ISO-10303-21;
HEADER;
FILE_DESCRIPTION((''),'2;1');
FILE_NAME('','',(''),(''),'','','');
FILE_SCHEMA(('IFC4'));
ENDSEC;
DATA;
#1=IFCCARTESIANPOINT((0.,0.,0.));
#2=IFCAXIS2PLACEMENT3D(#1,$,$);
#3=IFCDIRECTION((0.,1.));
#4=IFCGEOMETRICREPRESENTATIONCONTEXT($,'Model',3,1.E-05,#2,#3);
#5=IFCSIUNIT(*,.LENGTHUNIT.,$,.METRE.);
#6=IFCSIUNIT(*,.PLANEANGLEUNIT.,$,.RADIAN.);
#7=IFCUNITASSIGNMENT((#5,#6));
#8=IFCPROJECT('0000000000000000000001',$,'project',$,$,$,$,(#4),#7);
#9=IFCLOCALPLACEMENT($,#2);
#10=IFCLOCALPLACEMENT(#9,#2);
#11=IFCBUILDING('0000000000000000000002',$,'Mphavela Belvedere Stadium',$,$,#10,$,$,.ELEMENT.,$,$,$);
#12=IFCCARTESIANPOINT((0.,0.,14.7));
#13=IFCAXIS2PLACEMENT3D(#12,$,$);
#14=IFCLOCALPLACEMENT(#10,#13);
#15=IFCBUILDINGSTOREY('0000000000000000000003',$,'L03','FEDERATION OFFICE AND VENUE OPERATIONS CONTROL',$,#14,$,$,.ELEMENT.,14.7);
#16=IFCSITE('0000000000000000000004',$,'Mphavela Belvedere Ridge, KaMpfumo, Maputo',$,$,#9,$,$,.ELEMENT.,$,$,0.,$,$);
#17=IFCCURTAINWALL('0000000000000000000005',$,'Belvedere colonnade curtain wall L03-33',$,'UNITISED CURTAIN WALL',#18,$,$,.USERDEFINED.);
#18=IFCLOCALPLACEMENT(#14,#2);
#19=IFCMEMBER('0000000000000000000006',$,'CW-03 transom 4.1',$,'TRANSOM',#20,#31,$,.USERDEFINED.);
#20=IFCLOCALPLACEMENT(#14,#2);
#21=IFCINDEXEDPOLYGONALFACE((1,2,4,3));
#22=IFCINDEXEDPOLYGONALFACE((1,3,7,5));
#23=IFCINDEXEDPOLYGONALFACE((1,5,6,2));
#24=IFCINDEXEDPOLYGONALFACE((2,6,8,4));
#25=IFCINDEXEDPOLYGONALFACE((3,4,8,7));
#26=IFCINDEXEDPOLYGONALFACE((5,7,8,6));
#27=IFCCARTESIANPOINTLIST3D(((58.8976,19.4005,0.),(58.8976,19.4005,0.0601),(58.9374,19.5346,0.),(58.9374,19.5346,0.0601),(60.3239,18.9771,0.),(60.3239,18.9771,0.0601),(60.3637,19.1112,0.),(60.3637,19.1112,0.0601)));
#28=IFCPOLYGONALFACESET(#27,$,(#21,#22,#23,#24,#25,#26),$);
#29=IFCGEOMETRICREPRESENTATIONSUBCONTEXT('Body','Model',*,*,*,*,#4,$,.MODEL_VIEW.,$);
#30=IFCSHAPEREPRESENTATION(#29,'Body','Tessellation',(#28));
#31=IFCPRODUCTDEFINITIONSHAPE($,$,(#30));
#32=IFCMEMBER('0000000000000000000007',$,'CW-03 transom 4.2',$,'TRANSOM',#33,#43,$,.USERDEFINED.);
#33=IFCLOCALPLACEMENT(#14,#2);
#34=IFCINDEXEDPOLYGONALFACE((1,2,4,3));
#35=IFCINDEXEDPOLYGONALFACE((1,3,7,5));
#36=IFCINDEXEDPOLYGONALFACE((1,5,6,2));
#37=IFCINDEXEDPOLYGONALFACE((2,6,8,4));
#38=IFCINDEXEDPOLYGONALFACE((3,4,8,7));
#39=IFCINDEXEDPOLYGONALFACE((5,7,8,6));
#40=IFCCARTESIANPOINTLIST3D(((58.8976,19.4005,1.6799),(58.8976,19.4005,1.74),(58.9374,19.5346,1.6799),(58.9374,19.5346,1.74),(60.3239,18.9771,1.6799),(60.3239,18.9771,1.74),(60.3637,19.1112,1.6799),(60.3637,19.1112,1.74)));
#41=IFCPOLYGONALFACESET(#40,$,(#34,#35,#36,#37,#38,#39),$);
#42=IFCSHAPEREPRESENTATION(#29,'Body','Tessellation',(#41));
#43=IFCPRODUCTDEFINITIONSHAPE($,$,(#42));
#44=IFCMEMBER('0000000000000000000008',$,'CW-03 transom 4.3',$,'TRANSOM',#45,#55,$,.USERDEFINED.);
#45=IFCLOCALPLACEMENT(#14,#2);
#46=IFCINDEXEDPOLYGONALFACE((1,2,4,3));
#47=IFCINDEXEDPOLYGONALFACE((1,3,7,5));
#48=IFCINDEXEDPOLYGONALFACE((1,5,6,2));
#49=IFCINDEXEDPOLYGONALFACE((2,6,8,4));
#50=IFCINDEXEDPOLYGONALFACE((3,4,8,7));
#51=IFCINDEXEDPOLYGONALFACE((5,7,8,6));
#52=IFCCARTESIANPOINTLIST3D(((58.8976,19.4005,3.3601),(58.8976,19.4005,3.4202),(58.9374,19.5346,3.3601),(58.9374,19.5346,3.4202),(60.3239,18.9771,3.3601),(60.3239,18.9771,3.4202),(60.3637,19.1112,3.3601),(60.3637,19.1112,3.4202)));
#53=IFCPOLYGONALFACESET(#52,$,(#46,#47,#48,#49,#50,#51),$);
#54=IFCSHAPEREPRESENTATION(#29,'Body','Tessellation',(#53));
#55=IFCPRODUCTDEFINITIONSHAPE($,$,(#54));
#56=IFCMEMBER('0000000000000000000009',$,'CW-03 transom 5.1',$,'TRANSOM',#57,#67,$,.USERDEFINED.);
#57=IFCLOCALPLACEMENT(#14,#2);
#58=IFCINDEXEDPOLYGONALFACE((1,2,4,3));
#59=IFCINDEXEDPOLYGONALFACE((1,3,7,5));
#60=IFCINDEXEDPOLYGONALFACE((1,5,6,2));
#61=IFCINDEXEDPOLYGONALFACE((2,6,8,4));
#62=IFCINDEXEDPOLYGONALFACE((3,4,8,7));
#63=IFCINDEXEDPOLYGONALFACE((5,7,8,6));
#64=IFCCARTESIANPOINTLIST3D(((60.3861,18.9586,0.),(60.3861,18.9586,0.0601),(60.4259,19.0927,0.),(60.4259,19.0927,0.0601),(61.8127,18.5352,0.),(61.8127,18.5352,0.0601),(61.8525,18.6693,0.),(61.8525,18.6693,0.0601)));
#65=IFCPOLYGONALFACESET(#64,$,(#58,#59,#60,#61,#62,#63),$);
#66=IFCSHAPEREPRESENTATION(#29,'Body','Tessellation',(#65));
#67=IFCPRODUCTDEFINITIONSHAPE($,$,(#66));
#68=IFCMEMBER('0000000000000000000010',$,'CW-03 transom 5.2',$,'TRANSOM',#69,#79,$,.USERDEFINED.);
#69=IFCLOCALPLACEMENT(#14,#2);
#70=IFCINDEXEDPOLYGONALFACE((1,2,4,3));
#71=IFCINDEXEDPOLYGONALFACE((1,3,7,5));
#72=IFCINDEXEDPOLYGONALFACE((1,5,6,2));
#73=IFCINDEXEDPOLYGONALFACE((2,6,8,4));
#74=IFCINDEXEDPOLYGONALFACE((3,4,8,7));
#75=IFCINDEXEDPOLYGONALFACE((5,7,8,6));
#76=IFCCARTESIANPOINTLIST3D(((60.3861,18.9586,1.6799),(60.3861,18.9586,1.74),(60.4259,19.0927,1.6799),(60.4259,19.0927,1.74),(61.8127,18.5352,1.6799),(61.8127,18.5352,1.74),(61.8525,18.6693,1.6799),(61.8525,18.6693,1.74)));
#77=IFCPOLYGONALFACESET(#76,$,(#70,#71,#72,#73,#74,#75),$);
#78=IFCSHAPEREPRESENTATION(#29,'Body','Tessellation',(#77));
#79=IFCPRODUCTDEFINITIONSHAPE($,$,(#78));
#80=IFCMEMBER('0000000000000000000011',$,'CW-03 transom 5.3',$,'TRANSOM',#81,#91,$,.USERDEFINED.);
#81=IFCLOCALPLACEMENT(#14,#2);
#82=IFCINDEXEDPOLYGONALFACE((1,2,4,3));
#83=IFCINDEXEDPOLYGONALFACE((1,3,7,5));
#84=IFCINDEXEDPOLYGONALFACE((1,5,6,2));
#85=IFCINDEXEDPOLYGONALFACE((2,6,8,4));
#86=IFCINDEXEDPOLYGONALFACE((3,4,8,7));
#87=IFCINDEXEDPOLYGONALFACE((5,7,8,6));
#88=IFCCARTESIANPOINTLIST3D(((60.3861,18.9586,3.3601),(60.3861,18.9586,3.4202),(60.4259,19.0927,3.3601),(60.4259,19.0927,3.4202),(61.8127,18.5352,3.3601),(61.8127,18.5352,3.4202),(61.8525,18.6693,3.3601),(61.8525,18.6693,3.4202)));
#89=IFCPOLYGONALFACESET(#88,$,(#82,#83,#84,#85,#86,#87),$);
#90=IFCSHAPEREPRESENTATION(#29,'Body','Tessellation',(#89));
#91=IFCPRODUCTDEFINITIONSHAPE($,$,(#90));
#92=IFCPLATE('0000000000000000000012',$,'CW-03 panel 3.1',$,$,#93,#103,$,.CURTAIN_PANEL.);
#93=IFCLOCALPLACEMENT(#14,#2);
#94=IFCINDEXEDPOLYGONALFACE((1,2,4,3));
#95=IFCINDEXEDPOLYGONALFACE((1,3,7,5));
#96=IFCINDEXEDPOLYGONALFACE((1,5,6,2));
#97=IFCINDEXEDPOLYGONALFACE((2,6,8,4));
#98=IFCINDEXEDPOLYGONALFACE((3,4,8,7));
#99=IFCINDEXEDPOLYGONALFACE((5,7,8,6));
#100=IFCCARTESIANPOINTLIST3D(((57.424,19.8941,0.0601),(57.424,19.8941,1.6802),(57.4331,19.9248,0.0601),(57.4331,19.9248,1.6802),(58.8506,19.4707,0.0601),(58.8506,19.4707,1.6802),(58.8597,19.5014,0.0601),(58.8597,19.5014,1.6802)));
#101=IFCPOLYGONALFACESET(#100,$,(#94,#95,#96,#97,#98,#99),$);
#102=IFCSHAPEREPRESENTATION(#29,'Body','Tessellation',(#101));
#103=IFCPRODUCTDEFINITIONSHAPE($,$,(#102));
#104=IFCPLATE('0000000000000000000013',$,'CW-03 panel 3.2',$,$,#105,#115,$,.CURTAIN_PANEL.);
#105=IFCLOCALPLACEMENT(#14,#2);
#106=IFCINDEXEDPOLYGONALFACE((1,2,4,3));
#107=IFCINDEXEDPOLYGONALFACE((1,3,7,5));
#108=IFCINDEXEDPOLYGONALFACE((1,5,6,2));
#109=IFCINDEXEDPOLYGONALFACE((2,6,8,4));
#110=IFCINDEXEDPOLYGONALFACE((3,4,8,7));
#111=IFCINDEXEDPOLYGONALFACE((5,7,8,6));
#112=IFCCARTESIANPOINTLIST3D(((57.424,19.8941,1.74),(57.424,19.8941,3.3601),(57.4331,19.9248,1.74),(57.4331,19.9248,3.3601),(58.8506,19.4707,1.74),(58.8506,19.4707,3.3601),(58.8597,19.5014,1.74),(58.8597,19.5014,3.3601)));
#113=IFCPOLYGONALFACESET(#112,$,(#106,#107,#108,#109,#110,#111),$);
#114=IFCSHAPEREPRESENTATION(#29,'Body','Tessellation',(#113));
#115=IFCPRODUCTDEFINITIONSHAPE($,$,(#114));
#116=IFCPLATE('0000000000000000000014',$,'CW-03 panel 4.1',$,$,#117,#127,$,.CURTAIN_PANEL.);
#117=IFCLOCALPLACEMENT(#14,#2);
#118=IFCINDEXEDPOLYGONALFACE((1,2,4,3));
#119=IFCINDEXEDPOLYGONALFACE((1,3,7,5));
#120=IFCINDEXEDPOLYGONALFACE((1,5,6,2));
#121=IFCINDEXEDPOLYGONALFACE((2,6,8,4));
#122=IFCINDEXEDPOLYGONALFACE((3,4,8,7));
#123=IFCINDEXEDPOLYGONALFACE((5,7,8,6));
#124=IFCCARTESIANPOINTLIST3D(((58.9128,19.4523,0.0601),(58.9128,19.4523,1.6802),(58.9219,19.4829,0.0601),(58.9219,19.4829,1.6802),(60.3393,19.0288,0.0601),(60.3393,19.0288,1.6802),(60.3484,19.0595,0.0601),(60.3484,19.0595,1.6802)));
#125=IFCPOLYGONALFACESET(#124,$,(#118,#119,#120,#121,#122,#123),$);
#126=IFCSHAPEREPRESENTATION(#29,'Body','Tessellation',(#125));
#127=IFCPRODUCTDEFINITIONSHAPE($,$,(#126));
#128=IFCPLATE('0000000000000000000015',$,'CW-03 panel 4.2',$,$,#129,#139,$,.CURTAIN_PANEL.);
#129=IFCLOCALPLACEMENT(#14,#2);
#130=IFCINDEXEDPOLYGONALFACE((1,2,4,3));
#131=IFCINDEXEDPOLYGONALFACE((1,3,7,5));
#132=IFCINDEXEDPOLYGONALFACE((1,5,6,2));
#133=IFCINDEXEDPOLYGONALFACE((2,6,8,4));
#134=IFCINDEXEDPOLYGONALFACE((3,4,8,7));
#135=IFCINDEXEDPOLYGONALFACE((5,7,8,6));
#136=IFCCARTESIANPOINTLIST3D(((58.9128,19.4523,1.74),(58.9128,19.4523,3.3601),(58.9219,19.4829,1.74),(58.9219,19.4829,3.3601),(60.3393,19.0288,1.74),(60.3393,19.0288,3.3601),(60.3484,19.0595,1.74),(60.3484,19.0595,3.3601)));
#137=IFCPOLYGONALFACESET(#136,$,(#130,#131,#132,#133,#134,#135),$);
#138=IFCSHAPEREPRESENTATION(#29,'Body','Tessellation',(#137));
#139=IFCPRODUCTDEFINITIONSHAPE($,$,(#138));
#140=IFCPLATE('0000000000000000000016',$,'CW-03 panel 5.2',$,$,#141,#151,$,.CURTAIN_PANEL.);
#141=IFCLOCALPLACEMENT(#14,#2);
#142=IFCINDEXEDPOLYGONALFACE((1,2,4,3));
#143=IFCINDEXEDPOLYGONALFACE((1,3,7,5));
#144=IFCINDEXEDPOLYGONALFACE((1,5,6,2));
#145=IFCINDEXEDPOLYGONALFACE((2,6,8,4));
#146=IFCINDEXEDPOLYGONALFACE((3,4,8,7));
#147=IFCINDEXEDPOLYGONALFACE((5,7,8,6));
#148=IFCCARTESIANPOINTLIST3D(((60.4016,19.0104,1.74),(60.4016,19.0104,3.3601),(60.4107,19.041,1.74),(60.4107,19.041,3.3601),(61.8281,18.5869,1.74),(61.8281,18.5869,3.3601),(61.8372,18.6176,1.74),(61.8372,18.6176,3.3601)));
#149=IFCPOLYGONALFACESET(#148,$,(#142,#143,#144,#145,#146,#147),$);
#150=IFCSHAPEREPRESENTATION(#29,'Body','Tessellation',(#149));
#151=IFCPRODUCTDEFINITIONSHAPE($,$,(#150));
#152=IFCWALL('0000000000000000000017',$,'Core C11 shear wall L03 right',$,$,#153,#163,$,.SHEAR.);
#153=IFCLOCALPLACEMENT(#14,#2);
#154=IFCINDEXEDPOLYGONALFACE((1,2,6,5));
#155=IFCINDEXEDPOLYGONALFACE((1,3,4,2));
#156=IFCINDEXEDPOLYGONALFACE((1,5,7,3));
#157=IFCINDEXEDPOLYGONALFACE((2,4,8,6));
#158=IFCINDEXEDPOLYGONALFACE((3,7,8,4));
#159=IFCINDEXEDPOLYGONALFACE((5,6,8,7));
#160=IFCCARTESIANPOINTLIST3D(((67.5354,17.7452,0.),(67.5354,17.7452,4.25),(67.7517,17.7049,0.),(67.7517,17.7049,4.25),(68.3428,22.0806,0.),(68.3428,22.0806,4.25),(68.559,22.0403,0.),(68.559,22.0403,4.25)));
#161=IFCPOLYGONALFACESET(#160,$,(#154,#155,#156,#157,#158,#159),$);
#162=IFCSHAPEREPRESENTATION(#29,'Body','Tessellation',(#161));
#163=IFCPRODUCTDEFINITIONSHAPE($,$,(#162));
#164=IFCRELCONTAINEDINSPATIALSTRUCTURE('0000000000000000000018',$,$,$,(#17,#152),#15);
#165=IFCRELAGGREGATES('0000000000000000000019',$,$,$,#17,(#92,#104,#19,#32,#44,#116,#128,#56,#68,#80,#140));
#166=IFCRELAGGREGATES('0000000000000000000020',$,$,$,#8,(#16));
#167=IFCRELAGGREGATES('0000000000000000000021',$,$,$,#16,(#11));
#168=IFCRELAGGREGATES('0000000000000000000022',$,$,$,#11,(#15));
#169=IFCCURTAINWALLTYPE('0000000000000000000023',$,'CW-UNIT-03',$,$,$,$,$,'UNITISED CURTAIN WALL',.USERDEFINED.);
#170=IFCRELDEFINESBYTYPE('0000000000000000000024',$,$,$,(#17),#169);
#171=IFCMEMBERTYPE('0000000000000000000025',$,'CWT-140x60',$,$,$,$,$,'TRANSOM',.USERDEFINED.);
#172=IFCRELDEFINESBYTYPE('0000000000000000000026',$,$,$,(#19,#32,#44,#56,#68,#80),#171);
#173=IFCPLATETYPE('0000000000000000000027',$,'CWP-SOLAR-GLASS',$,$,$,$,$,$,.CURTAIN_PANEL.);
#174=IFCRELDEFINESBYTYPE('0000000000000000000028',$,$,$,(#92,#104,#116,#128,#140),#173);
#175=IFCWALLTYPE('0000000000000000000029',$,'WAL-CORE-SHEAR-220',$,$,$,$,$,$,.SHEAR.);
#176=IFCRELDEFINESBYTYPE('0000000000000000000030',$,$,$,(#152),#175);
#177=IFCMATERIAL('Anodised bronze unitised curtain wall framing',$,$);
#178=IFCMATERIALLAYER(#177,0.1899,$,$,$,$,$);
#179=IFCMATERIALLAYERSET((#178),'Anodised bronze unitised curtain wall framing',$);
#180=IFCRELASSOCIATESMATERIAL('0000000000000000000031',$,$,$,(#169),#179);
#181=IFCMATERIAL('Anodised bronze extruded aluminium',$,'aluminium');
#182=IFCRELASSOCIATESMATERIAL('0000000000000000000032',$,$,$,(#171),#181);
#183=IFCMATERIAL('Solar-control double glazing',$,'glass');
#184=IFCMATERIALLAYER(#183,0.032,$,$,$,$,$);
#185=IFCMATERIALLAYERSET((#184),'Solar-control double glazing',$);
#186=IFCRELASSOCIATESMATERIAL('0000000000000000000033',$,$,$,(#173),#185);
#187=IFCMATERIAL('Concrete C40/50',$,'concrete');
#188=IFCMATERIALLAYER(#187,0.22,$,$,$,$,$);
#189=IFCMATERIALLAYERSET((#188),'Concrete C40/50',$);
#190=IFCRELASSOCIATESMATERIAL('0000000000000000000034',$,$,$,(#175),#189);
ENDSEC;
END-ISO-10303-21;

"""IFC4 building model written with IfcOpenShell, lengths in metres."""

from ifc_helpers import new_model, si_unit, direction, frame, frame_2d, origin, origin_2d, place, context, subcontext, project, spatial, rectangle, extrude, material, layer, layer_set, material_profile, profile_set, type_object, element, aggregate, save


model = new_model("IFC4")

# Units and contexts
model_context = context("Model", 3, precision=1e-05, world=origin(), true_north=direction((0.0, 1.0)))
body_context = subcontext(model_context, "Body", "Model", "MODEL_VIEW")
ifc_project = project(units=[si_unit("LENGTHUNIT", "METRE"), si_unit("PLANEANGLEUNIT", "RADIAN")], contexts=[model_context])

# Site, building, storey
site_placement = place(None, origin())
site = spatial("IfcSite", under=ifc_project, at=site_placement, Name="Mphavela Belvedere Ridge, KaMpfumo, Maputo", CompositionType="ELEMENT", RefElevation=0.0)
building_placement = place(site_placement, origin())
building = spatial("IfcBuilding", under=site, at=building_placement, Name="Mphavela Belvedere Stadium", CompositionType="ELEMENT")
storey_placement = place(building_placement, frame((0.0, 0.0, 14.7)))
storey = spatial("IfcBuildingStorey", under=building, at=storey_placement, Name="L03", Description="FEDERATION OFFICE AND VENUE OPERATIONS CONTROL", CompositionType="ELEMENT", Elevation=14.7)

# Curtain wall, members, plates
ifc_material_1 = material(Name="Anodised bronze unitised curtain wall framing")
ifc_layer_1 = layer(ifc_material_1, 0.1899)
ifc_layer_set_1 = layer_set([ifc_layer_1], Name="Anodised bronze unitised curtain wall framing")
curtain_wall_type = type_object("IfcCurtainWallType", Name="CW-UNIT-03", ElementType="UNITISED CURTAIN WALL", PredefinedType="USERDEFINED", material=ifc_layer_set_1)
curtain_wall_placement = place(storey_placement, origin())
curtain_wall = element("IfcCurtainWall", 1, at=curtain_wall_placement, inside=storey, type_object=curtain_wall_type, Name="Belvedere colonnade curtain wall L03-33", ObjectType="UNITISED CURTAIN WALL", PredefinedType="USERDEFINED")
ifc_material_2 = material(Name="Anodised bronze extruded aluminium", Category="aluminium")
ifc_material_profile_1 = material_profile(ifc_material_2, rectangle(XDim=0.1399, YDim=0.0601, at=origin_2d()), Name="CW-TRN 140x60")
ifc_profile_set_1 = profile_set([ifc_material_profile_1], Name="Anodised bronze extruded aluminium")
member_type_1 = type_object("IfcMemberType", Name="CWT-140x60", ElementType="TRANSOM", PredefinedType="USERDEFINED", material=ifc_profile_set_1)
member_1_placement = place(storey_placement, frame((58.9175, 19.4675, 0.03), z_axis=(0.958662, -0.284546, 0.0), x_axis=(0.284546, 0.958662, 0.0)))
member_1 = element("IfcMember", 2, at=member_1_placement, type_object=member_type_1, Name="CW-03 transom 4.1", ObjectType="TRANSOM", PredefinedType="USERDEFINED", context=body_context, shape_type="SweptSolid", body=[
    extrude(rectangle(XDim=0.1399, YDim=0.0601, at=origin_2d()), origin(), (0.0, 0.0, 1.0), 1.4878),
])
member_2_placement = place(storey_placement, frame((58.9175, 19.4675, 1.71), z_axis=(0.958662, -0.284546, 0.0), x_axis=(0.284546, 0.958662, 0.0)))
member_2 = element("IfcMember", 3, at=member_2_placement, type_object=member_type_1, Name="CW-03 transom 4.2", ObjectType="TRANSOM", PredefinedType="USERDEFINED", context=body_context, shape_type="SweptSolid", body=[
    extrude(rectangle(XDim=0.1399, YDim=0.0601, at=origin_2d()), origin(), (0.0, 0.0, 1.0), 1.4878),
])
member_3_placement = place(storey_placement, frame((58.9175, 19.4675, 3.3901), z_axis=(0.958662, -0.284546, 0.0), x_axis=(0.284546, 0.958662, 0.0)))
member_3 = element("IfcMember", 4, at=member_3_placement, type_object=member_type_1, Name="CW-03 transom 4.3", ObjectType="TRANSOM", PredefinedType="USERDEFINED", context=body_context, shape_type="SweptSolid", body=[
    extrude(rectangle(XDim=0.1399, YDim=0.0601, at=origin_2d()), origin(), (0.0, 0.0, 1.0), 1.4878),
])
member_4_placement = place(storey_placement, frame((60.406, 19.0256, 0.03), z_axis=(0.958676, -0.284502, 0.0), x_axis=(0.284502, 0.958676, 0.0)))
member_4 = element("IfcMember", 5, at=member_4_placement, type_object=member_type_1, Name="CW-03 transom 5.1", ObjectType="TRANSOM", PredefinedType="USERDEFINED", context=body_context, shape_type="SweptSolid", body=[
    extrude(rectangle(XDim=0.1399, YDim=0.0601, at=origin_2d()), origin(), (0.0, 0.0, 1.0), 1.488),
])
member_5_placement = place(storey_placement, frame((60.406, 19.0256, 1.71), z_axis=(0.958676, -0.284502, 0.0), x_axis=(0.284502, 0.958676, 0.0)))
member_5 = element("IfcMember", 6, at=member_5_placement, type_object=member_type_1, Name="CW-03 transom 5.2", ObjectType="TRANSOM", PredefinedType="USERDEFINED", context=body_context, shape_type="SweptSolid", body=[
    extrude(rectangle(XDim=0.1399, YDim=0.0601, at=origin_2d()), origin(), (0.0, 0.0, 1.0), 1.488),
])
member_6_placement = place(storey_placement, frame((60.406, 19.0256, 3.3901), z_axis=(0.958676, -0.284502, 0.0), x_axis=(0.284502, 0.958676, 0.0)))
member_6 = element("IfcMember", 7, at=member_6_placement, type_object=member_type_1, Name="CW-03 transom 5.3", ObjectType="TRANSOM", PredefinedType="USERDEFINED", context=body_context, shape_type="SweptSolid", body=[
    extrude(rectangle(XDim=0.1399, YDim=0.0601, at=origin_2d()), origin(), (0.0, 0.0, 1.0), 1.488),
])
ifc_material_3 = material(Name="Solar-control double glazing", Category="glass")
ifc_layer_2 = layer(ifc_material_3, 0.032)
ifc_layer_set_2 = layer_set([ifc_layer_2], Name="Solar-control double glazing")
plate_type = type_object("IfcPlateType", Name="CWP-SOLAR-GLASS", PredefinedType="CURTAIN_PANEL", material=ifc_layer_set_2)
plate_1_placement = place(storey_placement, frame((58.1418, 19.6978, 0.0601), z_axis=(0.0, 0.0, 1.0), x_axis=(0.958657, -0.284565, 0.0)))
plate_1 = element("IfcPlate", 8, at=plate_1_placement, type_object=plate_type, Name="CW-03 panel 3.1", PredefinedType="CURTAIN_PANEL", context=body_context, shape_type="SweptSolid", body=[
    extrude(rectangle(XDim=1.488, YDim=0.032, at=origin_2d()), origin(), (0.0, 0.0, 1.0), 1.6201),
])
plate_2_placement = place(storey_placement, frame((58.1418, 19.6978, 1.74), z_axis=(0.0, 0.0, 1.0), x_axis=(0.958657, -0.284565, 0.0)))
plate_2 = element("IfcPlate", 9, at=plate_2_placement, type_object=plate_type, Name="CW-03 panel 3.2", PredefinedType="CURTAIN_PANEL", context=body_context, shape_type="SweptSolid", body=[
    extrude(rectangle(XDim=1.488, YDim=0.032, at=origin_2d()), origin(), (0.0, 0.0, 1.0), 1.6201),
])
plate_3_placement = place(storey_placement, frame((59.6306, 19.2559, 0.0601), z_axis=(0.0, 0.0, 1.0), x_axis=(0.958657, -0.284565, 0.0)))
plate_3 = element("IfcPlate", 10, at=plate_3_placement, type_object=plate_type, Name="CW-03 panel 4.1", PredefinedType="CURTAIN_PANEL", context=body_context, shape_type="SweptSolid", body=[
    extrude(rectangle(XDim=1.488, YDim=0.032, at=origin_2d()), origin(), (0.0, 0.0, 1.0), 1.6201),
])
plate_4_placement = place(storey_placement, frame((59.6306, 19.2559, 1.74), z_axis=(0.0, 0.0, 1.0), x_axis=(0.958657, -0.284565, 0.0)))
plate_4 = element("IfcPlate", 11, at=plate_4_placement, type_object=plate_type, Name="CW-03 panel 4.2", PredefinedType="CURTAIN_PANEL", context=body_context, shape_type="SweptSolid", body=[
    extrude(rectangle(XDim=1.488, YDim=0.032, at=origin_2d()), origin(), (0.0, 0.0, 1.0), 1.6201),
])
plate_5_placement = place(storey_placement, frame((61.1194, 18.814, 1.74), z_axis=(0.0, 0.0, 1.0), x_axis=(0.958657, -0.284565, 0.0)))
plate_5 = element("IfcPlate", 12, at=plate_5_placement, type_object=plate_type, Name="CW-03 panel 5.2", PredefinedType="CURTAIN_PANEL", context=body_context, shape_type="SweptSolid", body=[
    extrude(rectangle(XDim=1.488, YDim=0.032, at=origin_2d()), origin(), (0.0, 0.0, 1.0), 1.6201),
])
aggregate(curtain_wall, [plate_1, plate_2, member_1, member_2, member_3, plate_3, plate_4, member_4, member_5, member_6, plate_5])

# Wall
ifc_material_4 = material(Name="Concrete C40/50", Category="concrete")
ifc_layer_3 = layer(ifc_material_4, 0.22)
ifc_layer_set_3 = layer_set([ifc_layer_3], Name="Concrete C40/50")
wall_type_1 = type_object("IfcWallType", Name="WAL-CORE-SHEAR-220", PredefinedType="SHEAR", material=ifc_layer_set_3)
wall_1_placement = place(storey_placement, frame((68.4509, 22.0605, 0.0), z_axis=(0.0, 0.0, 1.0), x_axis=(-0.183078, -0.983098, 0.0)))
element("IfcWall", 13, at=wall_1_placement, inside=storey, type_object=wall_type_1, Name="Core C11 shear wall L03 right", PredefinedType="SHEAR", context=body_context, shape_type="SweptSolid", body=[
    extrude(rectangle(XDim=4.4099, YDim=0.22, at=frame_2d((2.2051, 0.0))), origin(), (0.0, 0.0, 1.0), 4.25),
])

save(model, "model.ifc")
